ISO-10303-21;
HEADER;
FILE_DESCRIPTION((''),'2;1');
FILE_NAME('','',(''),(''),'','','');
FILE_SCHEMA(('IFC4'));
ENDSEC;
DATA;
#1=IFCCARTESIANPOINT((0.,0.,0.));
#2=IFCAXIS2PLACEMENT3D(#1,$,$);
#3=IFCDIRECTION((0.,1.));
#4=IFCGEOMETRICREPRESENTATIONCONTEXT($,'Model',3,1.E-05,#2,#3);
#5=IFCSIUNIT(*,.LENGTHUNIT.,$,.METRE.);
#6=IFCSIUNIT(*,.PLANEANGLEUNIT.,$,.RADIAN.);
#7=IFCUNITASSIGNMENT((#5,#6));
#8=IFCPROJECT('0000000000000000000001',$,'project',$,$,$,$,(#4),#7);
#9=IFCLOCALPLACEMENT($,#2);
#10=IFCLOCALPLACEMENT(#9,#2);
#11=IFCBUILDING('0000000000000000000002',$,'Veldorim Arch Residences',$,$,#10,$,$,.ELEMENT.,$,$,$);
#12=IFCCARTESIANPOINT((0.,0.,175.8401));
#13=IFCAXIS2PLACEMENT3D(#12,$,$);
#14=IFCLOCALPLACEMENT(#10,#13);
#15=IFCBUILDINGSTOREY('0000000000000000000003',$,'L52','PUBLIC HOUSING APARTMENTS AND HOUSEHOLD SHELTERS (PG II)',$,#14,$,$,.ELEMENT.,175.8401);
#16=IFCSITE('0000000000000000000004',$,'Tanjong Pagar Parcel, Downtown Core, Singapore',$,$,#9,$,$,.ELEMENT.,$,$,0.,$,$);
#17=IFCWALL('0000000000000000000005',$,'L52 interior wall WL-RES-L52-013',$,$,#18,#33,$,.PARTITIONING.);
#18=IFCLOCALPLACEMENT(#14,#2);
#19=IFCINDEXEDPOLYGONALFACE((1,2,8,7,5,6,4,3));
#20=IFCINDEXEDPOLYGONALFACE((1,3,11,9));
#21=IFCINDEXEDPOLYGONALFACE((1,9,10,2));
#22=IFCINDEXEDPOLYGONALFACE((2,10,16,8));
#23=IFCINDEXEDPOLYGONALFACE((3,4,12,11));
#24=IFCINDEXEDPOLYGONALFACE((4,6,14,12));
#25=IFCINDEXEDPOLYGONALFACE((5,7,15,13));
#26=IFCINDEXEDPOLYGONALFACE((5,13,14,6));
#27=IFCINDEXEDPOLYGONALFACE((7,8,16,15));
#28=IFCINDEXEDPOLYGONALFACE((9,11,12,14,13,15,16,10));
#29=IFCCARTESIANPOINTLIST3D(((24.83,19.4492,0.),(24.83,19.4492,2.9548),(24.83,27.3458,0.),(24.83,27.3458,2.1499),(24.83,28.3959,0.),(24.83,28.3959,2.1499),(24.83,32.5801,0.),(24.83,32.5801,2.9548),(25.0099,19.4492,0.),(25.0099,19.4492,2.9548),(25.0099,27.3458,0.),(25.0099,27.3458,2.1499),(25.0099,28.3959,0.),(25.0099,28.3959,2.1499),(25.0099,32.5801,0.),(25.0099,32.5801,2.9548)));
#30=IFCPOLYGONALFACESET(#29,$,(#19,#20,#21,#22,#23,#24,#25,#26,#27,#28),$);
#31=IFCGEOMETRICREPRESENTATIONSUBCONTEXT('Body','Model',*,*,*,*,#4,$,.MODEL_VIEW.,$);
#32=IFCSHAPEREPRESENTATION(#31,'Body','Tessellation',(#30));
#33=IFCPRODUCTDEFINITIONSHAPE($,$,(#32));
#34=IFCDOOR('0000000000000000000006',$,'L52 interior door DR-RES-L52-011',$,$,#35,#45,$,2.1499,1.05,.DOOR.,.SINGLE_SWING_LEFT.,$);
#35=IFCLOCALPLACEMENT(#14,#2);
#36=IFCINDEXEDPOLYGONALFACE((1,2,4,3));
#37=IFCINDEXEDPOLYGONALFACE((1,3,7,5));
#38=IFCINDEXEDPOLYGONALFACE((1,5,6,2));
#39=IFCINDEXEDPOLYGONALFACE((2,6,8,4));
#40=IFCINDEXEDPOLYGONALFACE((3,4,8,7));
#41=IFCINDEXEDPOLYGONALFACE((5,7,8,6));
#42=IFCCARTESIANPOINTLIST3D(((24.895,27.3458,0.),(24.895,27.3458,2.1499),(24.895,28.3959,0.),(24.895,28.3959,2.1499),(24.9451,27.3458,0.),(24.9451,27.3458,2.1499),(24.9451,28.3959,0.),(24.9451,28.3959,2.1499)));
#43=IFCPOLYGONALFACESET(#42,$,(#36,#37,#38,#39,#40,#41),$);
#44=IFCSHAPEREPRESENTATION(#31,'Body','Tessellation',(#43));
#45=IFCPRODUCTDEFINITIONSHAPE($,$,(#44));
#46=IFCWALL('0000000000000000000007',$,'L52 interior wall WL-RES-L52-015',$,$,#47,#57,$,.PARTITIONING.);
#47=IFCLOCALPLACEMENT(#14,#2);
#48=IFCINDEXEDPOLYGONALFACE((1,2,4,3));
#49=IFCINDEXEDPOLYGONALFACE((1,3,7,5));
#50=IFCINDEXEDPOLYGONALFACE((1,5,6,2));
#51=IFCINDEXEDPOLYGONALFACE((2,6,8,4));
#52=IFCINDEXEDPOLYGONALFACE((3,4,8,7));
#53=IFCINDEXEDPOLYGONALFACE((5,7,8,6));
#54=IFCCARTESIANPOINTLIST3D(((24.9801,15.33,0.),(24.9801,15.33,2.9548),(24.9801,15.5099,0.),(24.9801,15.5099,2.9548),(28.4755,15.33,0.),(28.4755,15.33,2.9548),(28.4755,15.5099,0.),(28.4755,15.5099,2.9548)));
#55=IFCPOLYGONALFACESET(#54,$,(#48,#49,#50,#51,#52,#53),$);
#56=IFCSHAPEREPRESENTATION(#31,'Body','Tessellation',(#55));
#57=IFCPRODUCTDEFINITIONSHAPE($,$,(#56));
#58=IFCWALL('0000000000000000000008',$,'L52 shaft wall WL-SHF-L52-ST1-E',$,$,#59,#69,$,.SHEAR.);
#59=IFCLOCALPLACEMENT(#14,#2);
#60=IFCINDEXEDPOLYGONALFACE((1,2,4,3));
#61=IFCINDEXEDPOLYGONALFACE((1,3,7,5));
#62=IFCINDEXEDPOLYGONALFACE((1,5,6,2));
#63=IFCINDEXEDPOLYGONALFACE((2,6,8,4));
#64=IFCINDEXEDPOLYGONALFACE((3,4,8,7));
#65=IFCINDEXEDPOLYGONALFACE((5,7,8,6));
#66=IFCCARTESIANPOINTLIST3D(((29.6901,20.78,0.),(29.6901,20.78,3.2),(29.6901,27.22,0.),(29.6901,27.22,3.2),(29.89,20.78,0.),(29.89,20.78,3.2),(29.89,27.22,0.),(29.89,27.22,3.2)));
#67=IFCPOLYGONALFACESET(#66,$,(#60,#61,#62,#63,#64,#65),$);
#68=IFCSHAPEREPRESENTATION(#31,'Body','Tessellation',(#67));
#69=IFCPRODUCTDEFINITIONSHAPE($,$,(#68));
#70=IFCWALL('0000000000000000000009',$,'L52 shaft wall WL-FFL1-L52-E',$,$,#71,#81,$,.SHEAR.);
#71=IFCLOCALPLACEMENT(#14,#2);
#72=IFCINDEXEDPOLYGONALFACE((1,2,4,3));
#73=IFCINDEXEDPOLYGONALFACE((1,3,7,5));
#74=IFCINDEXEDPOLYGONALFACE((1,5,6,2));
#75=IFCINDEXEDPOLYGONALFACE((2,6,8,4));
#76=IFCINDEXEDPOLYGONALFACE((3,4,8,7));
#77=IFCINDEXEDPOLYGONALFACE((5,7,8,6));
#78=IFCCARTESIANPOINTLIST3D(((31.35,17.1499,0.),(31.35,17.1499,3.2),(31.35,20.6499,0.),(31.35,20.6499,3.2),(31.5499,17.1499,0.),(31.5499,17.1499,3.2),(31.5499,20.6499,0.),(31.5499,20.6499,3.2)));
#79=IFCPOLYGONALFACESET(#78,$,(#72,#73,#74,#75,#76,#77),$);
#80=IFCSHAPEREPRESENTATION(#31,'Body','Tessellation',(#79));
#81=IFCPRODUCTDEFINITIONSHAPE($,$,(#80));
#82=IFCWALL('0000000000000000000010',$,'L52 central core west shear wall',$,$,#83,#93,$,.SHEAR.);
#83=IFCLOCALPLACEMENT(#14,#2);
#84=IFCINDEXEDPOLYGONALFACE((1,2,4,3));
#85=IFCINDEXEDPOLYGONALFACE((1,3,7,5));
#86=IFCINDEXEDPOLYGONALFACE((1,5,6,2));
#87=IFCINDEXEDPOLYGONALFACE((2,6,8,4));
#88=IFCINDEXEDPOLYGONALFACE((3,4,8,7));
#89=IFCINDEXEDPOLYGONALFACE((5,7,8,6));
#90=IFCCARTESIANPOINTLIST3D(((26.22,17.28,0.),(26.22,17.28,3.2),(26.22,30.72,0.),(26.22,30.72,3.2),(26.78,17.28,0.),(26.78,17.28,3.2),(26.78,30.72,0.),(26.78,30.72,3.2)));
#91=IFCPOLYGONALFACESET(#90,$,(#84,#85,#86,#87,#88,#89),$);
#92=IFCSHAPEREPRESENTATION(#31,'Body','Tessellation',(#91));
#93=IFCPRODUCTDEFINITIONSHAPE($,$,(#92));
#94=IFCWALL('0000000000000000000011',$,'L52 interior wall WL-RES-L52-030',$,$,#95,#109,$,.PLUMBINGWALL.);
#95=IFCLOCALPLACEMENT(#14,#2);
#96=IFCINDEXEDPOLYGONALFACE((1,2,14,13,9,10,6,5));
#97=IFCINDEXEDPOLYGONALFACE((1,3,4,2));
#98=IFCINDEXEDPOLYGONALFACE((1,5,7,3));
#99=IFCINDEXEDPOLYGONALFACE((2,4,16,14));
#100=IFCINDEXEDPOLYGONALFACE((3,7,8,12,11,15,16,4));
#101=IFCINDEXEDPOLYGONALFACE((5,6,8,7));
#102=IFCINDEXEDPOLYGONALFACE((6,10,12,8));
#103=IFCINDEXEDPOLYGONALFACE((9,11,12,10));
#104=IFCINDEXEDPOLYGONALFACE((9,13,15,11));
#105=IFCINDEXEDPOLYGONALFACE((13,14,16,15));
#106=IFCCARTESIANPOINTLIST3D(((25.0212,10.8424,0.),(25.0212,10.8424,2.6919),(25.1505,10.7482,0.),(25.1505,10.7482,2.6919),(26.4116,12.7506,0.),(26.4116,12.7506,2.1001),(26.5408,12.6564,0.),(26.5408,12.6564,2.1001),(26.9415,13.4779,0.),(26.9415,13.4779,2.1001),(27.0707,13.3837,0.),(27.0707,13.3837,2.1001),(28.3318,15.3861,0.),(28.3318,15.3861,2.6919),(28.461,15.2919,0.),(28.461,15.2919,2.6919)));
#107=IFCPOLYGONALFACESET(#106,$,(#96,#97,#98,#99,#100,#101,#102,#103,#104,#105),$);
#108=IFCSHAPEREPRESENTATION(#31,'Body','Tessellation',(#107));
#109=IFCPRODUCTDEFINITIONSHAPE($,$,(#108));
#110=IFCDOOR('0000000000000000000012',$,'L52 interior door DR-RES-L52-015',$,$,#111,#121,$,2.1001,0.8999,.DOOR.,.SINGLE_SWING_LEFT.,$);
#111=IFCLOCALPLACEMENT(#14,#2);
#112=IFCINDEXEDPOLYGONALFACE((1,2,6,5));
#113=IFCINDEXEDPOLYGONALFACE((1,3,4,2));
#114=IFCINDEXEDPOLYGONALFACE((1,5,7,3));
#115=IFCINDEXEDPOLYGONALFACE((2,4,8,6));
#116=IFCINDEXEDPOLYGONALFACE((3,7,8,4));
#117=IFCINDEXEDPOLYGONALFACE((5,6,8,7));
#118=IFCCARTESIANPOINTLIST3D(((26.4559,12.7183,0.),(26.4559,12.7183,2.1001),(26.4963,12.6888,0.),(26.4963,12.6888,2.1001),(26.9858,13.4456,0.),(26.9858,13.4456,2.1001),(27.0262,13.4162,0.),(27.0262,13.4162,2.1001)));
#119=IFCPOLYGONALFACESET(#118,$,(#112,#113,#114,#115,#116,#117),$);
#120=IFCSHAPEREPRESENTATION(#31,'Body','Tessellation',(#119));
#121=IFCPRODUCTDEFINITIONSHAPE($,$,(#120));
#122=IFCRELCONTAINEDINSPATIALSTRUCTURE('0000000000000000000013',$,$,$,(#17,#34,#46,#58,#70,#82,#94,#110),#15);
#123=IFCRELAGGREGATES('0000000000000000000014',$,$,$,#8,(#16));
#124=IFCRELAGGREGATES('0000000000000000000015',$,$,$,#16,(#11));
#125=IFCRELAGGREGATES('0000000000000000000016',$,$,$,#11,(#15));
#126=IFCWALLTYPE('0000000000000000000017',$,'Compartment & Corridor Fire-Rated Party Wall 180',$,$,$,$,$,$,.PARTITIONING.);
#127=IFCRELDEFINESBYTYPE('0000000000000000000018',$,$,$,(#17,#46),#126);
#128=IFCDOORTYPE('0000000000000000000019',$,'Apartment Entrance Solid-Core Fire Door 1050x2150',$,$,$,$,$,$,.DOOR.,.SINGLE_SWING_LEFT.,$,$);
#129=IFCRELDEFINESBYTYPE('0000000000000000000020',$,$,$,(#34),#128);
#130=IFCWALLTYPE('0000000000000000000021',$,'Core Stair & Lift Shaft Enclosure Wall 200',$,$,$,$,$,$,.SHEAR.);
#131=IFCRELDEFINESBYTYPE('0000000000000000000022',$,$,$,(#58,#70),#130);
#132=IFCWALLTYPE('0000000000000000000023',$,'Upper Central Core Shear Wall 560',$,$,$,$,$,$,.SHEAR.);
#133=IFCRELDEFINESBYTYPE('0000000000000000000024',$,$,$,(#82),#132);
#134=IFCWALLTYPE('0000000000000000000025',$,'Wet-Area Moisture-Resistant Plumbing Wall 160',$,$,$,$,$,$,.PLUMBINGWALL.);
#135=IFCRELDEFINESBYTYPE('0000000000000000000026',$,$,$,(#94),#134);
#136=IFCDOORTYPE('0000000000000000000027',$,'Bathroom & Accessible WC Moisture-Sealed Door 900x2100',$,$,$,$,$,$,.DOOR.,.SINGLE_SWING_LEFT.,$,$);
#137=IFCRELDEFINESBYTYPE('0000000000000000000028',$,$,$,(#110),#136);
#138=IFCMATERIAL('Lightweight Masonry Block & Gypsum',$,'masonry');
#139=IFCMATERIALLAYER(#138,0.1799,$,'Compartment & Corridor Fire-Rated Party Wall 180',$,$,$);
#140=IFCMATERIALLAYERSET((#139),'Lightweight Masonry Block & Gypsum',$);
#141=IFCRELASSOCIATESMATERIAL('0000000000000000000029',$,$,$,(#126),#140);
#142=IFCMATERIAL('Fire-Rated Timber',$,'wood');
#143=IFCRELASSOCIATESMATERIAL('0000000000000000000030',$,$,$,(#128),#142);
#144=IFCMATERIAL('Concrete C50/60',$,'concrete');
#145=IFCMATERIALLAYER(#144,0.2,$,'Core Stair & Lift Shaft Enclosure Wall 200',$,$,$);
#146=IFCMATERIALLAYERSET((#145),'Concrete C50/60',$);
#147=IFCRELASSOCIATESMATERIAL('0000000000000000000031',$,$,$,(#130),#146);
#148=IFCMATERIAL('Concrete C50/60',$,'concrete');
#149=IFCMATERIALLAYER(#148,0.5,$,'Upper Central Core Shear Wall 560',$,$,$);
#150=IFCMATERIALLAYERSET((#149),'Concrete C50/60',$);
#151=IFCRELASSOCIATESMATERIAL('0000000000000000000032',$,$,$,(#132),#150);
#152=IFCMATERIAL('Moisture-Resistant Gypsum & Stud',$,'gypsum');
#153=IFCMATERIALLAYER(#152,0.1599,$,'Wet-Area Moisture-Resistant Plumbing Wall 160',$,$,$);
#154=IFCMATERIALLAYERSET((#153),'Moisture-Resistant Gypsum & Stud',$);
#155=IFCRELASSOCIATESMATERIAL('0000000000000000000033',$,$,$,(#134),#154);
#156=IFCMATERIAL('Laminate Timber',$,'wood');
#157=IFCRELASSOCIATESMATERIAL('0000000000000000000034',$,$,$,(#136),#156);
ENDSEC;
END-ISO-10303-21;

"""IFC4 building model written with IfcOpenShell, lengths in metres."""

from ifc_helpers import new_model, si_unit, direction, frame, frame_2d, origin, place, context, subcontext, project, spatial, rectangle, extrude, material, layer, layer_set, type_object, element, fill, save


model = new_model("IFC4")

# Units and contexts
model_context = context("Model", 3, precision=1e-05, world=origin(), true_north=direction((0.0, 1.0)))
body_context = subcontext(model_context, "Body", "Model", "MODEL_VIEW")
ifc_project = project(units=[si_unit("LENGTHUNIT", "METRE"), si_unit("PLANEANGLEUNIT", "RADIAN")], contexts=[model_context])

# Site, building, storey
site_placement = place(None, origin())
site = spatial("IfcSite", under=ifc_project, at=site_placement, Name="Tanjong Pagar Parcel, Downtown Core, Singapore", CompositionType="ELEMENT", RefElevation=0.0)
building_placement = place(site_placement, origin())
building = spatial("IfcBuilding", under=site, at=building_placement, Name="Veldorim Arch Residences", CompositionType="ELEMENT")
storey_placement = place(building_placement, frame((0.0, 0.0, 175.8401)))
storey = spatial("IfcBuildingStorey", under=building, at=storey_placement, Name="L52", Description="PUBLIC HOUSING APARTMENTS AND HOUSEHOLD SHELTERS (PG II)", CompositionType="ELEMENT", Elevation=175.8401)

# Shared definitions
ifc_material_1 = material(Name="Lightweight Masonry Block & Gypsum", Category="masonry")
ifc_layer_1 = layer(ifc_material_1, 0.1799, Name="Compartment & Corridor Fire-Rated Party Wall 180")
ifc_layer_set_1 = layer_set([ifc_layer_1], Name="Lightweight Masonry Block & Gypsum")
wall_type_1 = type_object("IfcWallType", Name="Compartment & Corridor Fire-Rated Party Wall 180", PredefinedType="PARTITIONING", material=ifc_layer_set_1)

# Wall, opening, door
wall_1_placement = place(storey_placement, frame((24.9199, 19.4492, 0.0), z_axis=(0.0, 0.0, 1.0), x_axis=(0.0, 1.0, 0.0)))
wall_1 = element("IfcWall", 1, at=wall_1_placement, inside=storey, type_object=wall_type_1, Name="L52 interior wall WL-RES-L52-013", PredefinedType="PARTITIONING", context=body_context, shape_type="SweptSolid", body=[
    extrude(rectangle(XDim=13.1309, YDim=0.1799, at=frame_2d((6.5654, 0.0))), origin(), (0.0, 0.0, 1.0), 2.9548),
])
opening_1_placement = place(wall_1_placement, frame((7.8967, 0.0, 0.0)))
opening_1 = element("IfcOpeningElement", 2, at=opening_1_placement, cuts=wall_1, PredefinedType="OPENING", context=body_context, shape_type="SweptSolid", body=[
    extrude(rectangle(XDim=1.05, YDim=2.1499, at=frame_2d((0.5249, 1.075))), frame((0.0, 0.0999, 0.0), z_axis=(0.0, -1.0, 0.0), x_axis=(1.0, 0.0, 0.0)), (0.0, 0.0, 1.0), 0.2),
])
ifc_material_2 = material(Name="Fire-Rated Timber", Category="wood")
door_type_1 = type_object("IfcDoorType", Name="Apartment Entrance Solid-Core Fire Door 1050x2150", OperationType="SINGLE_SWING_LEFT", PredefinedType="DOOR", material=ifc_material_2)
door_1_placement = place(opening_1_placement, origin())
door_1 = element("IfcDoor", 3, at=door_1_placement, inside=storey, type_object=door_type_1, Name="L52 interior door DR-RES-L52-011", OperationType="SINGLE_SWING_LEFT", OverallHeight=2.1499, OverallWidth=1.05, PredefinedType="DOOR", context=body_context, shape_type="SweptSolid", body=[
    extrude(rectangle(XDim=1.05, YDim=2.1499, at=frame_2d((0.5249, 1.075))), frame((0.0, 0.0249, 0.0), z_axis=(0.0, -1.0, 0.0), x_axis=(1.0, 0.0, 0.0)), (0.0, 0.0, 1.0), 0.05),
])
fill(opening_1, door_1)

# Walls
wall_2_placement = place(storey_placement, frame((28.4753, 15.4199, 0.0), z_axis=(0.0, 0.0, 1.0), x_axis=(-1.0, 0.0, 0.0)))
element("IfcWall", 4, at=wall_2_placement, inside=storey, type_object=wall_type_1, Name="L52 interior wall WL-RES-L52-015", PredefinedType="PARTITIONING", context=body_context, shape_type="SweptSolid", body=[
    extrude(rectangle(XDim=3.4954, YDim=0.1799, at=frame_2d((1.7476, 0.0))), origin(), (0.0, 0.0, 1.0), 2.9548),
])
ifc_material_3 = material(Name="Concrete C50/60", Category="concrete")
ifc_layer_2 = layer(ifc_material_3, 0.2, Name="Core Stair & Lift Shaft Enclosure Wall 200")
ifc_layer_set_2 = layer_set([ifc_layer_2], Name="Concrete C50/60")
wall_type_2 = type_object("IfcWallType", Name="Core Stair & Lift Shaft Enclosure Wall 200", PredefinedType="SHEAR", material=ifc_layer_set_2)
wall_3_placement = place(storey_placement, frame((29.79, 20.78, 0.0), z_axis=(0.0, 0.0, 1.0), x_axis=(0.0, 1.0, 0.0)))
element("IfcWall", 5, at=wall_3_placement, inside=storey, type_object=wall_type_2, Name="L52 shaft wall WL-SHF-L52-ST1-E", PredefinedType="SHEAR", context=body_context, shape_type="SweptSolid", body=[
    extrude(rectangle(XDim=6.4399, YDim=0.2, at=frame_2d((3.22, 0.0))), origin(), (0.0, 0.0, 1.0), 3.2),
])

# Wall
wall_4_placement = place(storey_placement, frame((31.45, 17.1499, 0.0), z_axis=(0.0, 0.0, 1.0), x_axis=(0.0, 1.0, 0.0)))
element("IfcWall", 6, at=wall_4_placement, inside=storey, type_object=wall_type_2, Name="L52 shaft wall WL-FFL1-L52-E", PredefinedType="SHEAR", context=body_context, shape_type="SweptSolid", body=[
    extrude(rectangle(XDim=3.5, YDim=0.2, at=frame_2d((1.75, 0.0))), origin(), (0.0, 0.0, 1.0), 3.2),
])

# Shared definitions
ifc_material_4 = material(Name="Concrete C50/60", Category="concrete")
ifc_layer_3 = layer(ifc_material_4, 0.5, Name="Upper Central Core Shear Wall 560")
ifc_layer_set_3 = layer_set([ifc_layer_3], Name="Concrete C50/60")
wall_type_3 = type_object("IfcWallType", Name="Upper Central Core Shear Wall 560", PredefinedType="SHEAR", material=ifc_layer_set_3)

# Wall
wall_5_placement = place(storey_placement, frame((26.5, 17.28, 0.0), z_axis=(0.0, 0.0, 1.0), x_axis=(0.0, 1.0, 0.0)))
element("IfcWall", 7, at=wall_5_placement, inside=storey, type_object=wall_type_3, Name="L52 central core west shear wall", PredefinedType="SHEAR", context=body_context, shape_type="SweptSolid", body=[
    extrude(rectangle(XDim=13.4399, YDim=0.5601, at=frame_2d((6.72, 0.0))), origin(), (0.0, 0.0, 1.0), 3.2),
])

# Wall, opening, door
ifc_material_5 = material(Name="Moisture-Resistant Gypsum & Stud", Category="gypsum")
ifc_layer_4 = layer(ifc_material_5, 0.1599, Name="Wet-Area Moisture-Resistant Plumbing Wall 160")
ifc_layer_set_4 = layer_set([ifc_layer_4], Name="Moisture-Resistant Gypsum & Stud")
wall_type_4 = type_object("IfcWallType", Name="Wet-Area Moisture-Resistant Plumbing Wall 160", PredefinedType="PLUMBINGWALL", material=ifc_layer_set_4)
wall_6_placement = place(storey_placement, frame((28.3965, 15.3391, 0.0), z_axis=(0.0, 0.0, 1.0), x_axis=(-0.588874, -0.808225, 0.0)))
wall_6 = element("IfcWall", 8, at=wall_6_placement, inside=storey, type_object=wall_type_4, Name="L52 interior wall WL-RES-L52-030", PredefinedType="PLUMBINGWALL", context=body_context, shape_type="SweptSolid", body=[
    extrude(rectangle(XDim=5.6218, YDim=0.1599, at=frame_2d((2.811, 0.0))), origin(), (0.0, 0.0, 1.0), 2.6919),
])
opening_2_placement = place(wall_6_placement, frame((2.3611, 0.0, 0.0)))
opening_2 = element("IfcOpeningElement", 9, at=opening_2_placement, cuts=wall_6, PredefinedType="OPENING", context=body_context, shape_type="SweptSolid", body=[
    extrude(rectangle(XDim=0.8999, YDim=2.1001, at=frame_2d((0.45, 1.05))), frame((0.0, 0.0898, 0.0), z_axis=(0.0, -1.0, 0.0), x_axis=(1.0, 0.0, 0.0)), (0.0, 0.0, 1.0), 0.1799),
])
ifc_material_6 = material(Name="Laminate Timber", Category="wood")
door_type_2 = type_object("IfcDoorType", Name="Bathroom & Accessible WC Moisture-Sealed Door 900x2100", OperationType="SINGLE_SWING_LEFT", PredefinedType="DOOR", material=ifc_material_6)
door_2_placement = place(opening_2_placement, origin())
door_2 = element("IfcDoor", 10, at=door_2_placement, inside=storey, type_object=door_type_2, Name="L52 interior door DR-RES-L52-015", OperationType="SINGLE_SWING_LEFT", OverallHeight=2.1001, OverallWidth=0.8999, PredefinedType="DOOR", context=body_context, shape_type="SweptSolid", body=[
    extrude(rectangle(XDim=0.8999, YDim=2.1001, at=frame_2d((0.45, 1.05))), frame((0.0, 0.0249, 0.0), z_axis=(0.0, -1.0, 0.0), x_axis=(1.0, 0.0, 0.0)), (0.0, 0.0, 1.0), 0.05),
])
fill(opening_2, door_2)

save(model, "model.ifc")
